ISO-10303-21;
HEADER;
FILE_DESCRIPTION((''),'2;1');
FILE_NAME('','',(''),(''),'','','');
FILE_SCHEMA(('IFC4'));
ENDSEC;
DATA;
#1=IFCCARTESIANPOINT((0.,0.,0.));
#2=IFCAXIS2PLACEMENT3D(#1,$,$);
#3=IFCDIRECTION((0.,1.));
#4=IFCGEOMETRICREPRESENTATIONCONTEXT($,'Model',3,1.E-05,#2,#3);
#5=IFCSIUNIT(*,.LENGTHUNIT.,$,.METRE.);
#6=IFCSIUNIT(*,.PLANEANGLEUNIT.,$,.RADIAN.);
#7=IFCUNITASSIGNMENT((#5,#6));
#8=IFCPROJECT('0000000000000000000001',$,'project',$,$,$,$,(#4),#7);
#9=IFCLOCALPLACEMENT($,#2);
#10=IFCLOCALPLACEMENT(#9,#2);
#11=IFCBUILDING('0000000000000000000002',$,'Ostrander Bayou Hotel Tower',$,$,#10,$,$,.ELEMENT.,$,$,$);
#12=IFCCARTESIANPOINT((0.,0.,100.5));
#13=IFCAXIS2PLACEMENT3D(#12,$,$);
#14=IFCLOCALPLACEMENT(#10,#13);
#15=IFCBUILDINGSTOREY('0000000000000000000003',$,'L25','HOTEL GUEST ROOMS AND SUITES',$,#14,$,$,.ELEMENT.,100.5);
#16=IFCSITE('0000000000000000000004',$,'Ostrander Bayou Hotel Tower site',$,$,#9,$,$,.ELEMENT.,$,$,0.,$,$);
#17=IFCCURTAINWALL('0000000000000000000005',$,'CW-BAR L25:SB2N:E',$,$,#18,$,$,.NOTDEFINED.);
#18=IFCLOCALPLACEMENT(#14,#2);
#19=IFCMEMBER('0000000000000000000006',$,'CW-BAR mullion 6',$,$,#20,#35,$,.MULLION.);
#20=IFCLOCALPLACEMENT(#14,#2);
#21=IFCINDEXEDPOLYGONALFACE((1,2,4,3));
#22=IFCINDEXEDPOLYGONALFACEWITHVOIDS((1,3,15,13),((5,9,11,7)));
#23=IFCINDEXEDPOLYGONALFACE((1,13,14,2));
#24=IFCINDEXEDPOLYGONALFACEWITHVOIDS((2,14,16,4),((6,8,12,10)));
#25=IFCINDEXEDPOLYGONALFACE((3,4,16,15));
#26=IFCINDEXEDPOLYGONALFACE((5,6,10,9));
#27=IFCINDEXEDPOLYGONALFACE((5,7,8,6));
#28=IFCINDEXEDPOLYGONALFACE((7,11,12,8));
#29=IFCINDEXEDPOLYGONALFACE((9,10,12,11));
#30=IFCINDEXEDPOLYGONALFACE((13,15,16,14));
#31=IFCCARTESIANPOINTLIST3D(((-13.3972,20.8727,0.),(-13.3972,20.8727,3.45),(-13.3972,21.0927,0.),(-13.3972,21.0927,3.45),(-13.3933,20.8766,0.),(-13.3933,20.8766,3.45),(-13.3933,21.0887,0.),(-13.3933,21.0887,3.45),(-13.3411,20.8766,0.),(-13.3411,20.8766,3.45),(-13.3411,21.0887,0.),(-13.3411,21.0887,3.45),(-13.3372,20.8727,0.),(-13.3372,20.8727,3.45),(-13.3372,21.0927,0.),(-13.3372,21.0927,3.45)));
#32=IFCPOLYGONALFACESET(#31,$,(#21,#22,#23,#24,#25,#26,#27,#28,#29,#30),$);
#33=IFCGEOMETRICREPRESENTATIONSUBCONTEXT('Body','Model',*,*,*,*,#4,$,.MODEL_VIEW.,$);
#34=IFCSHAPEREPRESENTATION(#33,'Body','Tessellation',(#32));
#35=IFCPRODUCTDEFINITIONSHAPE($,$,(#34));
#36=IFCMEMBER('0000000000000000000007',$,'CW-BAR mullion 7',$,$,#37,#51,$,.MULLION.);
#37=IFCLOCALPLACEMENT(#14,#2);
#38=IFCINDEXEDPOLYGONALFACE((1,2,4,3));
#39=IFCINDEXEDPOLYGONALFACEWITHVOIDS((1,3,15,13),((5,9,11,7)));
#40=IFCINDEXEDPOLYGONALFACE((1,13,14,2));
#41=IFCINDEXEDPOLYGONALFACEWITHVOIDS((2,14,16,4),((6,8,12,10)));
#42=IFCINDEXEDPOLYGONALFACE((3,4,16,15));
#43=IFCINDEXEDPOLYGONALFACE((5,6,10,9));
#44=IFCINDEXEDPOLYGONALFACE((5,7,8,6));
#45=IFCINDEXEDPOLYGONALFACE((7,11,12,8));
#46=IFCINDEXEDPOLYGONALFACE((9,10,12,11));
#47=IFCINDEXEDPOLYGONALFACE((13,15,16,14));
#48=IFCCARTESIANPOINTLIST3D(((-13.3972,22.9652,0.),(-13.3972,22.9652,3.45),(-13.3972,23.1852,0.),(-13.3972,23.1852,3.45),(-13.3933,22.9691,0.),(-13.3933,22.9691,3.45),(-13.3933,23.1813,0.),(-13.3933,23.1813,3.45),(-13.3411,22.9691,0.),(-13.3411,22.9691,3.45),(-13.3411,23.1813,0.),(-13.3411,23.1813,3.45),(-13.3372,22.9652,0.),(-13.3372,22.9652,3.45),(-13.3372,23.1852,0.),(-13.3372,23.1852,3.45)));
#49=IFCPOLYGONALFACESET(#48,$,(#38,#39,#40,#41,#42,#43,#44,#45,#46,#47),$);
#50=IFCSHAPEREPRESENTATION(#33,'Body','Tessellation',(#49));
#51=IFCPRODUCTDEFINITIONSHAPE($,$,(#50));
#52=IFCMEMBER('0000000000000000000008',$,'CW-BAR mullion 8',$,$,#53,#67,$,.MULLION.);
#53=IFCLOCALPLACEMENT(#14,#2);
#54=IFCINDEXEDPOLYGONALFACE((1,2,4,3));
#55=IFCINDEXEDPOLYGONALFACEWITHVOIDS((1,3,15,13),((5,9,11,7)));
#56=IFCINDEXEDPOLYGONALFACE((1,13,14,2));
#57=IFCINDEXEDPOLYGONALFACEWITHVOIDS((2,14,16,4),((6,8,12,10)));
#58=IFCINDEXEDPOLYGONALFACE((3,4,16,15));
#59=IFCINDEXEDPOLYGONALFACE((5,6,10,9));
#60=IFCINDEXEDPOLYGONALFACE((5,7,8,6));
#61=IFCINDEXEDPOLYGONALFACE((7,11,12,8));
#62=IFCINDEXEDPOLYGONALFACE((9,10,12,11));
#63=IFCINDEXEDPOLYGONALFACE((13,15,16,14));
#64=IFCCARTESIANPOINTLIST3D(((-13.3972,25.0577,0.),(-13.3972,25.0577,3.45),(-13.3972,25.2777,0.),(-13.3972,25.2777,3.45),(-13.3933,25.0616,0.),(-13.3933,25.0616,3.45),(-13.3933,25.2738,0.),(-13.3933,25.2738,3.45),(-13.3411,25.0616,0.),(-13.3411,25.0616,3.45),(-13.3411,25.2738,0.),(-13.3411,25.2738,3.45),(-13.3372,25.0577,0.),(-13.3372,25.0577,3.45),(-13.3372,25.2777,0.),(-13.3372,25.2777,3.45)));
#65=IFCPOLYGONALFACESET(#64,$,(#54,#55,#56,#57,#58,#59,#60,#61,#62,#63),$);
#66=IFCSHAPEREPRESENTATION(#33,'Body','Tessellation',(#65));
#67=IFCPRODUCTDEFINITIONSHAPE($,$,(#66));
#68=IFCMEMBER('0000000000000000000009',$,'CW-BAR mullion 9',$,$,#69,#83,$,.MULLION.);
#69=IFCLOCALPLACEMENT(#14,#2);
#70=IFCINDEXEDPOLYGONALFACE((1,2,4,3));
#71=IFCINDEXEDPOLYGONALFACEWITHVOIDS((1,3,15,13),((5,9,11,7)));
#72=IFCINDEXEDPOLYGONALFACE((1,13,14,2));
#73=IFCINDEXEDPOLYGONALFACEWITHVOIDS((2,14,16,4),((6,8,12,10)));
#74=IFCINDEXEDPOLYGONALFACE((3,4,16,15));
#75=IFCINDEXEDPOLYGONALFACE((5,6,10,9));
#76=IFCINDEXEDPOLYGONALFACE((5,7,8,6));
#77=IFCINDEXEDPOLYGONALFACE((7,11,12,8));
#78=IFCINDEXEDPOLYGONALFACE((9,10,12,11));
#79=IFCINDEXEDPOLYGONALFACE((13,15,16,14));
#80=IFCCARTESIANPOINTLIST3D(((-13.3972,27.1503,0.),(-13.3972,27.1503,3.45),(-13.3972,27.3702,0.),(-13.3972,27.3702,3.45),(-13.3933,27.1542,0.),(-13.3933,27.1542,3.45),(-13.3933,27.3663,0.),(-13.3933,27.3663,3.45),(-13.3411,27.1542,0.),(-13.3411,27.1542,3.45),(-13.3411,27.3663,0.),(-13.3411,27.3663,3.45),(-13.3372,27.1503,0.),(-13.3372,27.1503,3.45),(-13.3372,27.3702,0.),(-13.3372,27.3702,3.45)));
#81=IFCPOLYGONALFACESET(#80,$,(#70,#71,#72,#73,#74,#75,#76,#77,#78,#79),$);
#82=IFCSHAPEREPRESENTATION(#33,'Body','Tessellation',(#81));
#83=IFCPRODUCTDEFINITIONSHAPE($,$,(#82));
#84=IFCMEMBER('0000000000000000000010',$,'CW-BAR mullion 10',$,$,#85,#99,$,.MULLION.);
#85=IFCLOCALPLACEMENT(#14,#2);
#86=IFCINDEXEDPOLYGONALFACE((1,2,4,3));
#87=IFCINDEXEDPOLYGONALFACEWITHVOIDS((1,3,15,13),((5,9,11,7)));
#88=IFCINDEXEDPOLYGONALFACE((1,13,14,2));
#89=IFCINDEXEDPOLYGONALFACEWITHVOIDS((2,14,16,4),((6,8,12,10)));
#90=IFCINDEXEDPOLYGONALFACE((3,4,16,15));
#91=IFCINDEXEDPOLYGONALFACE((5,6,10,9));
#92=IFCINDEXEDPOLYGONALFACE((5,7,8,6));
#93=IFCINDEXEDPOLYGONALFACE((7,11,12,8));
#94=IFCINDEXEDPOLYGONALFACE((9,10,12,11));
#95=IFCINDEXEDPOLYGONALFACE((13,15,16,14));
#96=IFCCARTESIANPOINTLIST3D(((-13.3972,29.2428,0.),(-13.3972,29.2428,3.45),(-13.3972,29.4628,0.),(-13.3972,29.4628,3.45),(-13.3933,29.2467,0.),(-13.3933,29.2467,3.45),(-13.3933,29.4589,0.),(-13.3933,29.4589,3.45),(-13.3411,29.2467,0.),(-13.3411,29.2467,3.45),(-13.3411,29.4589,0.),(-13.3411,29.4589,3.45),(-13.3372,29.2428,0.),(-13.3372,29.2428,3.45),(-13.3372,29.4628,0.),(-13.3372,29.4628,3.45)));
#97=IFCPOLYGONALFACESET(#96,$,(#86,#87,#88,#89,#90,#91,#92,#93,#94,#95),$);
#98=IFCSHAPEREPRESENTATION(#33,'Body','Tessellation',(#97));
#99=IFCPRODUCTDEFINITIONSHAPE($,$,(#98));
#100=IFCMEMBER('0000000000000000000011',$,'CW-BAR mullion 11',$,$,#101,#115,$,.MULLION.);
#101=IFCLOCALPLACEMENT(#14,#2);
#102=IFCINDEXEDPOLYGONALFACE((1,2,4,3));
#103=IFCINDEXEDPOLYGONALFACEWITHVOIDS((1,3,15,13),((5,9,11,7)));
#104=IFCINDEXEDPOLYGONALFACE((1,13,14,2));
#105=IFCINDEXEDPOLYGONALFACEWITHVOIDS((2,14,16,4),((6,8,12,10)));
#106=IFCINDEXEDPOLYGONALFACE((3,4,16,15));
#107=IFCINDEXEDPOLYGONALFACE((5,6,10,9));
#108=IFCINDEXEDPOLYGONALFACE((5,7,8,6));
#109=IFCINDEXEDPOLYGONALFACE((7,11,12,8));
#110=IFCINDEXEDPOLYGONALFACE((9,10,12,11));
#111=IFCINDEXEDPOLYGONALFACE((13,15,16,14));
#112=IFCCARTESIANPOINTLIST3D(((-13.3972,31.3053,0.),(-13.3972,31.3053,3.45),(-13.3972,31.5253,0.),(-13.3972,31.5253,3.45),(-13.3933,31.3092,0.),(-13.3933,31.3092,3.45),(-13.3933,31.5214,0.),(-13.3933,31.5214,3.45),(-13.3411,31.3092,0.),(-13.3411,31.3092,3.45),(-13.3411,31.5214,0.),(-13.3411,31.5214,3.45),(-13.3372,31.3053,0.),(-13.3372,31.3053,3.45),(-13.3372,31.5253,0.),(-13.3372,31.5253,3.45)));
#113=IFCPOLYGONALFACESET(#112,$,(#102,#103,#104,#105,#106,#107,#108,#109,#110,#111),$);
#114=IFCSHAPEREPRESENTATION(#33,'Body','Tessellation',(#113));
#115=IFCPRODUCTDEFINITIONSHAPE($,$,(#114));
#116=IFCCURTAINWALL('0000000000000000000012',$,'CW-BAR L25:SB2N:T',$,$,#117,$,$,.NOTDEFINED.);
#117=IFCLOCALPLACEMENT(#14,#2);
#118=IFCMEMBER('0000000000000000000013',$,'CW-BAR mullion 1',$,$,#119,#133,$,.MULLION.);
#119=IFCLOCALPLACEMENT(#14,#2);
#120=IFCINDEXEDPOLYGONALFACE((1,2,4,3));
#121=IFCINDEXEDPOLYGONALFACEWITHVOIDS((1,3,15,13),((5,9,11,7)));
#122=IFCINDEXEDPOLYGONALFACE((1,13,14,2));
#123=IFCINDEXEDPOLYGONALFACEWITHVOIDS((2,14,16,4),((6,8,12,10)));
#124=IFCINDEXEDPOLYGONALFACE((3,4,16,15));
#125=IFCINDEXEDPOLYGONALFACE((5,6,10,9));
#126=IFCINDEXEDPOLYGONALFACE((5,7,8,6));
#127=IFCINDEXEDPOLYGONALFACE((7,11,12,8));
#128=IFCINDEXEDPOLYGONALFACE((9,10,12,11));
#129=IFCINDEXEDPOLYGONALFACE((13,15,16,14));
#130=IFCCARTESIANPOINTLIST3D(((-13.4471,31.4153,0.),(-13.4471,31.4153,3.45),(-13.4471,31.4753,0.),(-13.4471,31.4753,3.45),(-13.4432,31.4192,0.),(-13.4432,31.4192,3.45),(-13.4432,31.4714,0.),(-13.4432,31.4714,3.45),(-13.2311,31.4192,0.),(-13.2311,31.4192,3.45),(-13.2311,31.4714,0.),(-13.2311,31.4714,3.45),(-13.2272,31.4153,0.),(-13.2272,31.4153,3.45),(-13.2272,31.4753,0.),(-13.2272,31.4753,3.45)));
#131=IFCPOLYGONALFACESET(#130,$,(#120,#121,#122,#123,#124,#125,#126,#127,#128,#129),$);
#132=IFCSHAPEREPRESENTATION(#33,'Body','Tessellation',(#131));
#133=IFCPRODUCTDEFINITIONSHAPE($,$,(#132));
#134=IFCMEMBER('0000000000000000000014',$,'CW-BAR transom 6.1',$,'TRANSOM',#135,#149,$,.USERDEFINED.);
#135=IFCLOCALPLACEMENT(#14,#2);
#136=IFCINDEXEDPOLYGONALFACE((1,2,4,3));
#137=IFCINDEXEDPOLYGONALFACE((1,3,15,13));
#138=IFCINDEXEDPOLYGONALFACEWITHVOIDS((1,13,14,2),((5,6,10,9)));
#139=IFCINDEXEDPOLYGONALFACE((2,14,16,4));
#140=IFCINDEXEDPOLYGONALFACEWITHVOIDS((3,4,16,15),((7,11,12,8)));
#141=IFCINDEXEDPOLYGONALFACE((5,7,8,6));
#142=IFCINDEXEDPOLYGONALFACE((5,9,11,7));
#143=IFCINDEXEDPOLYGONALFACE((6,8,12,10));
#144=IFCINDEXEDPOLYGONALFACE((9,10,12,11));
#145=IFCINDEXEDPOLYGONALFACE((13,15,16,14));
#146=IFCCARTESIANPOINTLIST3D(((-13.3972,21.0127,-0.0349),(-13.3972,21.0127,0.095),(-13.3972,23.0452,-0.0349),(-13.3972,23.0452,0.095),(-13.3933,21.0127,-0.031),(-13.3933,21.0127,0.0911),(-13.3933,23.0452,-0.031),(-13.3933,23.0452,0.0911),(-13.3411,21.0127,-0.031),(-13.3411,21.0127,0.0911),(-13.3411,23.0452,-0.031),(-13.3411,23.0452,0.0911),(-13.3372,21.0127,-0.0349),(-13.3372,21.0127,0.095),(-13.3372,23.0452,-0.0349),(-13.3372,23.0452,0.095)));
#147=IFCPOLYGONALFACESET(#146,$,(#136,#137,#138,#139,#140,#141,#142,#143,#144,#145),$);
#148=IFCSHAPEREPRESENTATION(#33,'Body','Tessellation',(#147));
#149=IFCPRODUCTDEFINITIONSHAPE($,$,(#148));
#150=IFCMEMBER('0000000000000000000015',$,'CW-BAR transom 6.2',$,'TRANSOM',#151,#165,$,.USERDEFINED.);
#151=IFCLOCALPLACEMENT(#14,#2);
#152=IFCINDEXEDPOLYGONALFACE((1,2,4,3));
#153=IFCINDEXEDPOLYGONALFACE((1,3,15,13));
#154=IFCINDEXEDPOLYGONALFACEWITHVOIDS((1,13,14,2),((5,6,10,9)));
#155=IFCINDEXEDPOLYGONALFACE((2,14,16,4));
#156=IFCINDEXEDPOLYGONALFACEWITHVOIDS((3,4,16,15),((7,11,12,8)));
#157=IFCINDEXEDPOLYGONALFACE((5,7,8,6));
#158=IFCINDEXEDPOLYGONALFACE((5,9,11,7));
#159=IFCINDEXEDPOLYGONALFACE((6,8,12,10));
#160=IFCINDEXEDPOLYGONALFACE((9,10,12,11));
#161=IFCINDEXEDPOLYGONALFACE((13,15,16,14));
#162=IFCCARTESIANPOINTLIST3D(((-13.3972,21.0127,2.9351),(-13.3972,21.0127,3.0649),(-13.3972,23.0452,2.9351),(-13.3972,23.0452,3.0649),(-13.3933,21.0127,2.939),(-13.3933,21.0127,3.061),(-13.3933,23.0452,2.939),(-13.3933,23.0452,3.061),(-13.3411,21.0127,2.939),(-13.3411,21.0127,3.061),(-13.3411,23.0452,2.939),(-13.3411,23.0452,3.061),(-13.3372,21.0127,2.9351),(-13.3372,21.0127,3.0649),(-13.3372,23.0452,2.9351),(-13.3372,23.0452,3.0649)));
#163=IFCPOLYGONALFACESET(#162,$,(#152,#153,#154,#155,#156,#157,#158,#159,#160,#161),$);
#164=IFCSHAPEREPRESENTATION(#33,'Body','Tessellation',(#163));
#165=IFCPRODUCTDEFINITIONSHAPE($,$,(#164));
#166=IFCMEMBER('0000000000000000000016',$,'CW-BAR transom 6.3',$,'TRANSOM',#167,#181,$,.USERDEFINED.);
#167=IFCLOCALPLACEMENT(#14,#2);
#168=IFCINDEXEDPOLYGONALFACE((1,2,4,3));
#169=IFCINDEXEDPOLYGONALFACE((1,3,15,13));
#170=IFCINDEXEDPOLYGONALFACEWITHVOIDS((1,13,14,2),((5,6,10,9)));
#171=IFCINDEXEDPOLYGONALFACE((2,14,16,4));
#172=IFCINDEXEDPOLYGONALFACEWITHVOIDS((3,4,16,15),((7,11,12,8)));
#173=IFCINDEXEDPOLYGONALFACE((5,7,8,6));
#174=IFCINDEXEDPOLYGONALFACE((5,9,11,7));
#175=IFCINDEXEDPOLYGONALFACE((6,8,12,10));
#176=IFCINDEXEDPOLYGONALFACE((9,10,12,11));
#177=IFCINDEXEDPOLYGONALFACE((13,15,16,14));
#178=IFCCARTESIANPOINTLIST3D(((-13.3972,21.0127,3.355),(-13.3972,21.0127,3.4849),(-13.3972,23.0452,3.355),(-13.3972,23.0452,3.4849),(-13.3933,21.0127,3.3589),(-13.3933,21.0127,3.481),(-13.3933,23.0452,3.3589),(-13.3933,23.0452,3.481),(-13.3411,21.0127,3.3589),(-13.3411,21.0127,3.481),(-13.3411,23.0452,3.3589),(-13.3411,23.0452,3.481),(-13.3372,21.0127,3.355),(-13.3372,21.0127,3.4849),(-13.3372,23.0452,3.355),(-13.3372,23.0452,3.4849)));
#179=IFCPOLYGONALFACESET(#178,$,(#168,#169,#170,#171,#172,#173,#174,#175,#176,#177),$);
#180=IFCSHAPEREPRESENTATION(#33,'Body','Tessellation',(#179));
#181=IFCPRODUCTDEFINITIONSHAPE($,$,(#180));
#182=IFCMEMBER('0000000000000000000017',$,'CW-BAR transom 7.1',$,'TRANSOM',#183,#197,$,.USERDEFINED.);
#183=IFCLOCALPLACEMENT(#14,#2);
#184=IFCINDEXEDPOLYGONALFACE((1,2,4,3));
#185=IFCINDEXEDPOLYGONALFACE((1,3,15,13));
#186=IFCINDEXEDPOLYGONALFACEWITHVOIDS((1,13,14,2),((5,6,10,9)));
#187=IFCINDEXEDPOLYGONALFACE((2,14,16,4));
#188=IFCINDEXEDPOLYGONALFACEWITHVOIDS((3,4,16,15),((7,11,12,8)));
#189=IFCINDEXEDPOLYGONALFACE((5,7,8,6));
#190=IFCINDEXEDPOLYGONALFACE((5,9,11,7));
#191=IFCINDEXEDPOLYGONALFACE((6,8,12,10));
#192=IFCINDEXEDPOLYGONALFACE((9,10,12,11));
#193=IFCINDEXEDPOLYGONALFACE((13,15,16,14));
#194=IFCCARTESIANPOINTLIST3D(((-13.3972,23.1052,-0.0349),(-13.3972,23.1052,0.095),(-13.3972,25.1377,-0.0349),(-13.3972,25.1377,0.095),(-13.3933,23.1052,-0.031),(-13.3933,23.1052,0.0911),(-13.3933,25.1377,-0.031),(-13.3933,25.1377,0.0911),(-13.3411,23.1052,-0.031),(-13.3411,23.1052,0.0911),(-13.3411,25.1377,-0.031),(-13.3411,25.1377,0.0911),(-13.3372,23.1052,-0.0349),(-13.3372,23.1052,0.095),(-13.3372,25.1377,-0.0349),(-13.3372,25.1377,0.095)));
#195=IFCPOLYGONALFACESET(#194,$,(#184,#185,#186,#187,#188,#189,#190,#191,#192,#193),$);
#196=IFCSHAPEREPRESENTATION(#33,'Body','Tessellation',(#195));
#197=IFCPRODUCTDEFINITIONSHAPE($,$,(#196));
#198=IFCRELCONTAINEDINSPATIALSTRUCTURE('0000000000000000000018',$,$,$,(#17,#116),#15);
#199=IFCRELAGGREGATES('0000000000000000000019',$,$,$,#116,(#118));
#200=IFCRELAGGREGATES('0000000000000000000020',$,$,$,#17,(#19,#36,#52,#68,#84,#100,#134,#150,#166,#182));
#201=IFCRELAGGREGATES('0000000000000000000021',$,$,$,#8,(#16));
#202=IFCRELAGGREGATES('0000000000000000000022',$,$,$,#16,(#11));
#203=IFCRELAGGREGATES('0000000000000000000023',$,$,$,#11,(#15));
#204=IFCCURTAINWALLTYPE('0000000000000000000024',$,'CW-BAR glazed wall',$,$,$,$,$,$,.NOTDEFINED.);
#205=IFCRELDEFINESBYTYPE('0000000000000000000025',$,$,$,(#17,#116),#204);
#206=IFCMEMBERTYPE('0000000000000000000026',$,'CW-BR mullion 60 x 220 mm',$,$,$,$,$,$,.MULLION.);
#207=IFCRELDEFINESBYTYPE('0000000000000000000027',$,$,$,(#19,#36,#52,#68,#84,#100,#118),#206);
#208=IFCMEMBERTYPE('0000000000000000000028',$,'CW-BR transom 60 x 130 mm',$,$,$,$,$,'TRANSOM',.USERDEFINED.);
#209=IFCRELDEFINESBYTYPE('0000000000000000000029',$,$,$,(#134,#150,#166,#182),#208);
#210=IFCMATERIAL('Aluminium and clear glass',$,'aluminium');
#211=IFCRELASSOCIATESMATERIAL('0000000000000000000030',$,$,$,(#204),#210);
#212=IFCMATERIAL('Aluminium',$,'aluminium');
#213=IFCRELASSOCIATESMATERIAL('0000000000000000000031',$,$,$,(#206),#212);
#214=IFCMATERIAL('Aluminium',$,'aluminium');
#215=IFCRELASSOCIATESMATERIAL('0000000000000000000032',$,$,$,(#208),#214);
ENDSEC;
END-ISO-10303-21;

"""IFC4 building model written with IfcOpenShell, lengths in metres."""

from ifc_helpers import new_model, si_unit, direction, frame, origin, origin_2d, place, context, subcontext, project, spatial, hollow_rectangle, extrude, material, material_profile, profile_set, type_object, element, aggregate, save


model = new_model("IFC4")

# Units and contexts
model_context = context("Model", 3, precision=1e-05, world=origin(), true_north=direction((0.0, 1.0)))
body_context = subcontext(model_context, "Body", "Model", "MODEL_VIEW")
ifc_project = project(units=[si_unit("LENGTHUNIT", "METRE"), si_unit("PLANEANGLEUNIT", "RADIAN")], contexts=[model_context])

# Site, building, storey
site_placement = place(None, origin())
site = spatial("IfcSite", under=ifc_project, at=site_placement, Name="Ostrander Bayou Hotel Tower site", CompositionType="ELEMENT", RefElevation=0.0)
building_placement = place(site_placement, origin())
building = spatial("IfcBuilding", under=site, at=building_placement, Name="Ostrander Bayou Hotel Tower", CompositionType="ELEMENT")
storey_placement = place(building_placement, frame((0.0, 0.0, 100.5)))
storey = spatial("IfcBuildingStorey", under=building, at=storey_placement, Name="L25", Description="HOTEL GUEST ROOMS AND SUITES", CompositionType="ELEMENT", Elevation=100.5)

# Curtain wall, members
ifc_material_1 = material(Name="Aluminium and clear glass", Category="aluminium")
curtain_wall_type = type_object("IfcCurtainWallType", Name="CW-BAR glazed wall", PredefinedType="NOTDEFINED", material=ifc_material_1)
curtain_wall_1_placement = place(storey_placement, origin())
curtain_wall_1 = element("IfcCurtainWall", 1, at=curtain_wall_1_placement, inside=storey, type_object=curtain_wall_type, Name="CW-BAR L25:SB2N:E", PredefinedType="NOTDEFINED")
ifc_material_2 = material(Name="Aluminium", Category="aluminium")
ifc_material_profile_1 = material_profile(ifc_material_2, hollow_rectangle(XDim=0.0601, YDim=0.22, WallThickness=0.0039, at=origin_2d()))
ifc_profile_set_1 = profile_set([ifc_material_profile_1], Name="Aluminium")
member_type_1 = type_object("IfcMemberType", Name="CW-BR mullion 60 x 220 mm", PredefinedType="MULLION", material=ifc_profile_set_1)
member_1_placement = place(storey_placement, frame((-13.3672, 20.9827, 0.0), z_axis=(0.0, 0.0, 1.0), x_axis=(-1.0, 0.0, 0.0)))
member_1 = element("IfcMember", 2, at=member_1_placement, type_object=member_type_1, Name="CW-BAR mullion 6", PredefinedType="MULLION", context=body_context, shape_type="SweptSolid", body=[
    extrude(hollow_rectangle(XDim=0.0601, YDim=0.22, WallThickness=0.0039, at=origin_2d()), origin(), (0.0, 0.0, 1.0), 3.45),
])
member_2_placement = place(storey_placement, frame((-13.3672, 23.0752, 0.0), z_axis=(0.0, 0.0, 1.0), x_axis=(-1.0, 0.0, 0.0)))
member_2 = element("IfcMember", 3, at=member_2_placement, type_object=member_type_1, Name="CW-BAR mullion 7", PredefinedType="MULLION", context=body_context, shape_type="SweptSolid", body=[
    extrude(hollow_rectangle(XDim=0.0601, YDim=0.22, WallThickness=0.0039, at=origin_2d()), origin(), (0.0, 0.0, 1.0), 3.45),
])
member_3_placement = place(storey_placement, frame((-13.3672, 25.1677, 0.0), z_axis=(0.0, 0.0, 1.0), x_axis=(-1.0, 0.0, 0.0)))
member_3 = element("IfcMember", 4, at=member_3_placement, type_object=member_type_1, Name="CW-BAR mullion 8", PredefinedType="MULLION", context=body_context, shape_type="SweptSolid", body=[
    extrude(hollow_rectangle(XDim=0.0601, YDim=0.22, WallThickness=0.0039, at=origin_2d()), origin(), (0.0, 0.0, 1.0), 3.45),
])
member_4_placement = place(storey_placement, frame((-13.3672, 27.2603, 0.0), z_axis=(0.0, 0.0, 1.0), x_axis=(-1.0, 0.0, 0.0)))
member_4 = element("IfcMember", 5, at=member_4_placement, type_object=member_type_1, Name="CW-BAR mullion 9", PredefinedType="MULLION", context=body_context, shape_type="SweptSolid", body=[
    extrude(hollow_rectangle(XDim=0.0601, YDim=0.22, WallThickness=0.0039, at=origin_2d()), origin(), (0.0, 0.0, 1.0), 3.45),
])
member_5_placement = place(storey_placement, frame((-13.3672, 29.3528, 0.0), z_axis=(0.0, 0.0, 1.0), x_axis=(-1.0, 0.0, 0.0)))
member_5 = element("IfcMember", 6, at=member_5_placement, type_object=member_type_1, Name="CW-BAR mullion 10", PredefinedType="MULLION", context=body_context, shape_type="SweptSolid", body=[
    extrude(hollow_rectangle(XDim=0.0601, YDim=0.22, WallThickness=0.0039, at=origin_2d()), origin(), (0.0, 0.0, 1.0), 3.45),
])
member_6_placement = place(storey_placement, frame((-13.3672, 31.4153, 0.0), z_axis=(0.0, 0.0, 1.0), x_axis=(-1.0, 0.0, 0.0)))
member_6 = element("IfcMember", 7, at=member_6_placement, type_object=member_type_1, Name="CW-BAR mullion 11", PredefinedType="MULLION", context=body_context, shape_type="SweptSolid", body=[
    extrude(hollow_rectangle(XDim=0.0601, YDim=0.22, WallThickness=0.0039, at=origin_2d()), origin(), (0.0, 0.0, 1.0), 3.45),
])

# Curtain wall, member
curtain_wall_2_placement = place(storey_placement, origin())
curtain_wall_2 = element("IfcCurtainWall", 8, at=curtain_wall_2_placement, inside=storey, type_object=curtain_wall_type, Name="CW-BAR L25:SB2N:T", PredefinedType="NOTDEFINED")
member_7_placement = place(storey_placement, frame((-13.3372, 31.4453, 0.0), z_axis=(0.0, 0.0, 1.0), x_axis=(0.0, 1.0, 0.0)))
member_7 = element("IfcMember", 9, at=member_7_placement, type_object=member_type_1, Name="CW-BAR mullion 1", PredefinedType="MULLION", context=body_context, shape_type="SweptSolid", body=[
    extrude(hollow_rectangle(XDim=0.0601, YDim=0.22, WallThickness=0.0039, at=origin_2d()), origin(), (0.0, 0.0, 1.0), 3.45),
])
aggregate(curtain_wall_2, [member_7])

# Members
ifc_material_3 = material(Name="Aluminium", Category="aluminium")
ifc_material_profile_2 = material_profile(ifc_material_3, hollow_rectangle(XDim=0.0601, YDim=0.1299, WallThickness=0.0039, at=origin_2d()))
ifc_profile_set_2 = profile_set([ifc_material_profile_2], Name="Aluminium")
member_type_2 = type_object("IfcMemberType", Name="CW-BR transom 60 x 130 mm", ElementType="TRANSOM", PredefinedType="USERDEFINED", material=ifc_profile_set_2)
member_8_placement = place(storey_placement, frame((-13.3672, 21.0127, 0.03), z_axis=(0.0, 1.0, 0.0), x_axis=(-1.0, 0.0, 0.0)))
member_8 = element("IfcMember", 10, at=member_8_placement, type_object=member_type_2, Name="CW-BAR transom 6.1", ObjectType="TRANSOM", PredefinedType="USERDEFINED", context=body_context, shape_type="SweptSolid", body=[
    extrude(hollow_rectangle(XDim=0.0601, YDim=0.1299, WallThickness=0.0039, at=origin_2d()), origin(), (0.0, 0.0, 1.0), 2.0325),
])
member_9_placement = place(storey_placement, frame((-13.3672, 21.0127, 3.0), z_axis=(0.0, 1.0, 0.0), x_axis=(-1.0, 0.0, 0.0)))
member_9 = element("IfcMember", 11, at=member_9_placement, type_object=member_type_2, Name="CW-BAR transom 6.2", ObjectType="TRANSOM", PredefinedType="USERDEFINED", context=body_context, shape_type="SweptSolid", body=[
    extrude(hollow_rectangle(XDim=0.0601, YDim=0.1299, WallThickness=0.0039, at=origin_2d()), origin(), (0.0, 0.0, 1.0), 2.0325),
])
member_10_placement = place(storey_placement, frame((-13.3672, 21.0127, 3.4199), z_axis=(0.0, 1.0, 0.0), x_axis=(-1.0, 0.0, 0.0)))
member_10 = element("IfcMember", 12, at=member_10_placement, type_object=member_type_2, Name="CW-BAR transom 6.3", ObjectType="TRANSOM", PredefinedType="USERDEFINED", context=body_context, shape_type="SweptSolid", body=[
    extrude(hollow_rectangle(XDim=0.0601, YDim=0.1299, WallThickness=0.0039, at=origin_2d()), origin(), (0.0, 0.0, 1.0), 2.0325),
])
member_11_placement = place(storey_placement, frame((-13.3672, 23.1052, 0.03), z_axis=(0.0, 1.0, 0.0), x_axis=(-1.0, 0.0, 0.0)))
member_11 = element("IfcMember", 13, at=member_11_placement, type_object=member_type_2, Name="CW-BAR transom 7.1", ObjectType="TRANSOM", PredefinedType="USERDEFINED", context=body_context, shape_type="SweptSolid", body=[
    extrude(hollow_rectangle(XDim=0.0601, YDim=0.1299, WallThickness=0.0039, at=origin_2d()), origin(), (0.0, 0.0, 1.0), 2.0325),
])

aggregate(curtain_wall_1, [member_1, member_2, member_3, member_4, member_5, member_6, member_8, member_9, member_10, member_11])

save(model, "model.ifc")
